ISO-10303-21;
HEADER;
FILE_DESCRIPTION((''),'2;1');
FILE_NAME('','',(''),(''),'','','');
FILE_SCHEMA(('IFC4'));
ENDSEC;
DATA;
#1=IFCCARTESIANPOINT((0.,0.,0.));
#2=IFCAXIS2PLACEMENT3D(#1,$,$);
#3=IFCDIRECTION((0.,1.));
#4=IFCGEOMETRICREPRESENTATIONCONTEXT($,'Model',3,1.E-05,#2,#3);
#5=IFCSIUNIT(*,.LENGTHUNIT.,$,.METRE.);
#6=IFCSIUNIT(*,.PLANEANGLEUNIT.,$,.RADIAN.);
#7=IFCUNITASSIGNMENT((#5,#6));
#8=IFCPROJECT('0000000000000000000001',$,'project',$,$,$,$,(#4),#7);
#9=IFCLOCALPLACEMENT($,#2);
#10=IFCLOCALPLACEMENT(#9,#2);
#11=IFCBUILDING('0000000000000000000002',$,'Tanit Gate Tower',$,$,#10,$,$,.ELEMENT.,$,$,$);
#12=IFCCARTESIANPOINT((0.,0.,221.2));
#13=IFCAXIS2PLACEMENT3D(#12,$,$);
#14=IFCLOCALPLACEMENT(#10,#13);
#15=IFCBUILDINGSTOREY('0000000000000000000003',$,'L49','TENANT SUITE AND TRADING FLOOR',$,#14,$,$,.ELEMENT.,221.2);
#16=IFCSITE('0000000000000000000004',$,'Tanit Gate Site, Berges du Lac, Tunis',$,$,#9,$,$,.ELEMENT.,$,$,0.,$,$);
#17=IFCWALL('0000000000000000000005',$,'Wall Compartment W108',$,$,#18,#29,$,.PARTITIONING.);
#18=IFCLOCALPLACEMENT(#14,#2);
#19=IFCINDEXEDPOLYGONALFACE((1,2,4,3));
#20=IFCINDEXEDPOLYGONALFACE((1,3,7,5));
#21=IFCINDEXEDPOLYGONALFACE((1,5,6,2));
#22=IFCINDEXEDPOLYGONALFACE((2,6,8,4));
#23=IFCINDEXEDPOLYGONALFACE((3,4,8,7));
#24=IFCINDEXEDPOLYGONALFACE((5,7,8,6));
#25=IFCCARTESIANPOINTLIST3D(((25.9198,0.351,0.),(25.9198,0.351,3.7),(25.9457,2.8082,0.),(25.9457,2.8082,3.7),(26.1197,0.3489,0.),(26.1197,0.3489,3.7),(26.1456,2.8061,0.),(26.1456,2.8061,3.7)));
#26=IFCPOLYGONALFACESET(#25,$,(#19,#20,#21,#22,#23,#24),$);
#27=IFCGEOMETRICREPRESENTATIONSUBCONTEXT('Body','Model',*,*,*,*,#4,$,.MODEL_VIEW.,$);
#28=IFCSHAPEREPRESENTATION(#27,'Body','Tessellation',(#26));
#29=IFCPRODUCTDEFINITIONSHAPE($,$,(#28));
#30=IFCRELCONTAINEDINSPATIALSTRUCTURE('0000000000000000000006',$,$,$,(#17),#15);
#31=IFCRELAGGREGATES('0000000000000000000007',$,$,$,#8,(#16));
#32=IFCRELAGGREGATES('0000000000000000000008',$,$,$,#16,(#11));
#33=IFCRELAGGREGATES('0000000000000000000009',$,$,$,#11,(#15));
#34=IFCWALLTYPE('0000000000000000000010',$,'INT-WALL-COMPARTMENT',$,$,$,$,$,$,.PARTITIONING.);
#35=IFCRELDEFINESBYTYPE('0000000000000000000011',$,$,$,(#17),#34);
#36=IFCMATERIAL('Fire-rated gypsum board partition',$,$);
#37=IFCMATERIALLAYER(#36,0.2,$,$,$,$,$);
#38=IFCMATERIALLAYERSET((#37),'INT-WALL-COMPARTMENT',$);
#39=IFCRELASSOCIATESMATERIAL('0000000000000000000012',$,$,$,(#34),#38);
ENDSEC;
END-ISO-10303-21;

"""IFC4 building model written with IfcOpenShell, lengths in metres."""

from ifc_helpers import new_model, si_unit, direction, frame, frame_2d, origin, place, context, subcontext, project, spatial, rectangle, extrude, material, layer, layer_set, type_object, element, save


model = new_model("IFC4")

# Units and contexts
model_context = context("Model", 3, precision=1e-05, world=origin(), true_north=direction((0.0, 1.0)))
body_context = subcontext(model_context, "Body", "Model", "MODEL_VIEW")
ifc_project = project(units=[si_unit("LENGTHUNIT", "METRE"), si_unit("PLANEANGLEUNIT", "RADIAN")], contexts=[model_context])

# Site, building, storey
site_placement = place(None, origin())
site = spatial("IfcSite", under=ifc_project, at=site_placement, Name="Tanit Gate Site, Berges du Lac, Tunis", CompositionType="ELEMENT", RefElevation=0.0)
building_placement = place(site_placement, origin())
building = spatial("IfcBuilding", under=site, at=building_placement, Name="Tanit Gate Tower", CompositionType="ELEMENT")
storey_placement = place(building_placement, frame((0.0, 0.0, 221.2)))
storey = spatial("IfcBuildingStorey", under=building, at=storey_placement, Name="L49", Description="TENANT SUITE AND TRADING FLOOR", CompositionType="ELEMENT", Elevation=221.2)

# Wall
ifc_material_1 = material(Name="Fire-rated gypsum board partition")
ifc_layer_1 = layer(ifc_material_1, 0.2)
ifc_layer_set_1 = layer_set([ifc_layer_1], Name="INT-WALL-COMPARTMENT")
wall_type_1 = type_object("IfcWallType", Name="INT-WALL-COMPARTMENT", PredefinedType="PARTITIONING", material=ifc_layer_set_1)
wall_1_placement = place(storey_placement, frame((26.0198, 0.3501, 0.0), z_axis=(0.0, 0.0, 1.0), x_axis=(0.010532, 0.999945, 0.0)))
element("IfcWall", 1, at=wall_1_placement, inside=storey, type_object=wall_type_1, Name="Wall Compartment W108", PredefinedType="PARTITIONING", context=body_context, shape_type="SweptSolid", body=[
    extrude(rectangle(XDim=2.4573, YDim=0.2, at=frame_2d((1.2285, 0.0))), origin(), (0.0, 0.0, 1.0), 3.7),
])

save(model, "model.ifc")
